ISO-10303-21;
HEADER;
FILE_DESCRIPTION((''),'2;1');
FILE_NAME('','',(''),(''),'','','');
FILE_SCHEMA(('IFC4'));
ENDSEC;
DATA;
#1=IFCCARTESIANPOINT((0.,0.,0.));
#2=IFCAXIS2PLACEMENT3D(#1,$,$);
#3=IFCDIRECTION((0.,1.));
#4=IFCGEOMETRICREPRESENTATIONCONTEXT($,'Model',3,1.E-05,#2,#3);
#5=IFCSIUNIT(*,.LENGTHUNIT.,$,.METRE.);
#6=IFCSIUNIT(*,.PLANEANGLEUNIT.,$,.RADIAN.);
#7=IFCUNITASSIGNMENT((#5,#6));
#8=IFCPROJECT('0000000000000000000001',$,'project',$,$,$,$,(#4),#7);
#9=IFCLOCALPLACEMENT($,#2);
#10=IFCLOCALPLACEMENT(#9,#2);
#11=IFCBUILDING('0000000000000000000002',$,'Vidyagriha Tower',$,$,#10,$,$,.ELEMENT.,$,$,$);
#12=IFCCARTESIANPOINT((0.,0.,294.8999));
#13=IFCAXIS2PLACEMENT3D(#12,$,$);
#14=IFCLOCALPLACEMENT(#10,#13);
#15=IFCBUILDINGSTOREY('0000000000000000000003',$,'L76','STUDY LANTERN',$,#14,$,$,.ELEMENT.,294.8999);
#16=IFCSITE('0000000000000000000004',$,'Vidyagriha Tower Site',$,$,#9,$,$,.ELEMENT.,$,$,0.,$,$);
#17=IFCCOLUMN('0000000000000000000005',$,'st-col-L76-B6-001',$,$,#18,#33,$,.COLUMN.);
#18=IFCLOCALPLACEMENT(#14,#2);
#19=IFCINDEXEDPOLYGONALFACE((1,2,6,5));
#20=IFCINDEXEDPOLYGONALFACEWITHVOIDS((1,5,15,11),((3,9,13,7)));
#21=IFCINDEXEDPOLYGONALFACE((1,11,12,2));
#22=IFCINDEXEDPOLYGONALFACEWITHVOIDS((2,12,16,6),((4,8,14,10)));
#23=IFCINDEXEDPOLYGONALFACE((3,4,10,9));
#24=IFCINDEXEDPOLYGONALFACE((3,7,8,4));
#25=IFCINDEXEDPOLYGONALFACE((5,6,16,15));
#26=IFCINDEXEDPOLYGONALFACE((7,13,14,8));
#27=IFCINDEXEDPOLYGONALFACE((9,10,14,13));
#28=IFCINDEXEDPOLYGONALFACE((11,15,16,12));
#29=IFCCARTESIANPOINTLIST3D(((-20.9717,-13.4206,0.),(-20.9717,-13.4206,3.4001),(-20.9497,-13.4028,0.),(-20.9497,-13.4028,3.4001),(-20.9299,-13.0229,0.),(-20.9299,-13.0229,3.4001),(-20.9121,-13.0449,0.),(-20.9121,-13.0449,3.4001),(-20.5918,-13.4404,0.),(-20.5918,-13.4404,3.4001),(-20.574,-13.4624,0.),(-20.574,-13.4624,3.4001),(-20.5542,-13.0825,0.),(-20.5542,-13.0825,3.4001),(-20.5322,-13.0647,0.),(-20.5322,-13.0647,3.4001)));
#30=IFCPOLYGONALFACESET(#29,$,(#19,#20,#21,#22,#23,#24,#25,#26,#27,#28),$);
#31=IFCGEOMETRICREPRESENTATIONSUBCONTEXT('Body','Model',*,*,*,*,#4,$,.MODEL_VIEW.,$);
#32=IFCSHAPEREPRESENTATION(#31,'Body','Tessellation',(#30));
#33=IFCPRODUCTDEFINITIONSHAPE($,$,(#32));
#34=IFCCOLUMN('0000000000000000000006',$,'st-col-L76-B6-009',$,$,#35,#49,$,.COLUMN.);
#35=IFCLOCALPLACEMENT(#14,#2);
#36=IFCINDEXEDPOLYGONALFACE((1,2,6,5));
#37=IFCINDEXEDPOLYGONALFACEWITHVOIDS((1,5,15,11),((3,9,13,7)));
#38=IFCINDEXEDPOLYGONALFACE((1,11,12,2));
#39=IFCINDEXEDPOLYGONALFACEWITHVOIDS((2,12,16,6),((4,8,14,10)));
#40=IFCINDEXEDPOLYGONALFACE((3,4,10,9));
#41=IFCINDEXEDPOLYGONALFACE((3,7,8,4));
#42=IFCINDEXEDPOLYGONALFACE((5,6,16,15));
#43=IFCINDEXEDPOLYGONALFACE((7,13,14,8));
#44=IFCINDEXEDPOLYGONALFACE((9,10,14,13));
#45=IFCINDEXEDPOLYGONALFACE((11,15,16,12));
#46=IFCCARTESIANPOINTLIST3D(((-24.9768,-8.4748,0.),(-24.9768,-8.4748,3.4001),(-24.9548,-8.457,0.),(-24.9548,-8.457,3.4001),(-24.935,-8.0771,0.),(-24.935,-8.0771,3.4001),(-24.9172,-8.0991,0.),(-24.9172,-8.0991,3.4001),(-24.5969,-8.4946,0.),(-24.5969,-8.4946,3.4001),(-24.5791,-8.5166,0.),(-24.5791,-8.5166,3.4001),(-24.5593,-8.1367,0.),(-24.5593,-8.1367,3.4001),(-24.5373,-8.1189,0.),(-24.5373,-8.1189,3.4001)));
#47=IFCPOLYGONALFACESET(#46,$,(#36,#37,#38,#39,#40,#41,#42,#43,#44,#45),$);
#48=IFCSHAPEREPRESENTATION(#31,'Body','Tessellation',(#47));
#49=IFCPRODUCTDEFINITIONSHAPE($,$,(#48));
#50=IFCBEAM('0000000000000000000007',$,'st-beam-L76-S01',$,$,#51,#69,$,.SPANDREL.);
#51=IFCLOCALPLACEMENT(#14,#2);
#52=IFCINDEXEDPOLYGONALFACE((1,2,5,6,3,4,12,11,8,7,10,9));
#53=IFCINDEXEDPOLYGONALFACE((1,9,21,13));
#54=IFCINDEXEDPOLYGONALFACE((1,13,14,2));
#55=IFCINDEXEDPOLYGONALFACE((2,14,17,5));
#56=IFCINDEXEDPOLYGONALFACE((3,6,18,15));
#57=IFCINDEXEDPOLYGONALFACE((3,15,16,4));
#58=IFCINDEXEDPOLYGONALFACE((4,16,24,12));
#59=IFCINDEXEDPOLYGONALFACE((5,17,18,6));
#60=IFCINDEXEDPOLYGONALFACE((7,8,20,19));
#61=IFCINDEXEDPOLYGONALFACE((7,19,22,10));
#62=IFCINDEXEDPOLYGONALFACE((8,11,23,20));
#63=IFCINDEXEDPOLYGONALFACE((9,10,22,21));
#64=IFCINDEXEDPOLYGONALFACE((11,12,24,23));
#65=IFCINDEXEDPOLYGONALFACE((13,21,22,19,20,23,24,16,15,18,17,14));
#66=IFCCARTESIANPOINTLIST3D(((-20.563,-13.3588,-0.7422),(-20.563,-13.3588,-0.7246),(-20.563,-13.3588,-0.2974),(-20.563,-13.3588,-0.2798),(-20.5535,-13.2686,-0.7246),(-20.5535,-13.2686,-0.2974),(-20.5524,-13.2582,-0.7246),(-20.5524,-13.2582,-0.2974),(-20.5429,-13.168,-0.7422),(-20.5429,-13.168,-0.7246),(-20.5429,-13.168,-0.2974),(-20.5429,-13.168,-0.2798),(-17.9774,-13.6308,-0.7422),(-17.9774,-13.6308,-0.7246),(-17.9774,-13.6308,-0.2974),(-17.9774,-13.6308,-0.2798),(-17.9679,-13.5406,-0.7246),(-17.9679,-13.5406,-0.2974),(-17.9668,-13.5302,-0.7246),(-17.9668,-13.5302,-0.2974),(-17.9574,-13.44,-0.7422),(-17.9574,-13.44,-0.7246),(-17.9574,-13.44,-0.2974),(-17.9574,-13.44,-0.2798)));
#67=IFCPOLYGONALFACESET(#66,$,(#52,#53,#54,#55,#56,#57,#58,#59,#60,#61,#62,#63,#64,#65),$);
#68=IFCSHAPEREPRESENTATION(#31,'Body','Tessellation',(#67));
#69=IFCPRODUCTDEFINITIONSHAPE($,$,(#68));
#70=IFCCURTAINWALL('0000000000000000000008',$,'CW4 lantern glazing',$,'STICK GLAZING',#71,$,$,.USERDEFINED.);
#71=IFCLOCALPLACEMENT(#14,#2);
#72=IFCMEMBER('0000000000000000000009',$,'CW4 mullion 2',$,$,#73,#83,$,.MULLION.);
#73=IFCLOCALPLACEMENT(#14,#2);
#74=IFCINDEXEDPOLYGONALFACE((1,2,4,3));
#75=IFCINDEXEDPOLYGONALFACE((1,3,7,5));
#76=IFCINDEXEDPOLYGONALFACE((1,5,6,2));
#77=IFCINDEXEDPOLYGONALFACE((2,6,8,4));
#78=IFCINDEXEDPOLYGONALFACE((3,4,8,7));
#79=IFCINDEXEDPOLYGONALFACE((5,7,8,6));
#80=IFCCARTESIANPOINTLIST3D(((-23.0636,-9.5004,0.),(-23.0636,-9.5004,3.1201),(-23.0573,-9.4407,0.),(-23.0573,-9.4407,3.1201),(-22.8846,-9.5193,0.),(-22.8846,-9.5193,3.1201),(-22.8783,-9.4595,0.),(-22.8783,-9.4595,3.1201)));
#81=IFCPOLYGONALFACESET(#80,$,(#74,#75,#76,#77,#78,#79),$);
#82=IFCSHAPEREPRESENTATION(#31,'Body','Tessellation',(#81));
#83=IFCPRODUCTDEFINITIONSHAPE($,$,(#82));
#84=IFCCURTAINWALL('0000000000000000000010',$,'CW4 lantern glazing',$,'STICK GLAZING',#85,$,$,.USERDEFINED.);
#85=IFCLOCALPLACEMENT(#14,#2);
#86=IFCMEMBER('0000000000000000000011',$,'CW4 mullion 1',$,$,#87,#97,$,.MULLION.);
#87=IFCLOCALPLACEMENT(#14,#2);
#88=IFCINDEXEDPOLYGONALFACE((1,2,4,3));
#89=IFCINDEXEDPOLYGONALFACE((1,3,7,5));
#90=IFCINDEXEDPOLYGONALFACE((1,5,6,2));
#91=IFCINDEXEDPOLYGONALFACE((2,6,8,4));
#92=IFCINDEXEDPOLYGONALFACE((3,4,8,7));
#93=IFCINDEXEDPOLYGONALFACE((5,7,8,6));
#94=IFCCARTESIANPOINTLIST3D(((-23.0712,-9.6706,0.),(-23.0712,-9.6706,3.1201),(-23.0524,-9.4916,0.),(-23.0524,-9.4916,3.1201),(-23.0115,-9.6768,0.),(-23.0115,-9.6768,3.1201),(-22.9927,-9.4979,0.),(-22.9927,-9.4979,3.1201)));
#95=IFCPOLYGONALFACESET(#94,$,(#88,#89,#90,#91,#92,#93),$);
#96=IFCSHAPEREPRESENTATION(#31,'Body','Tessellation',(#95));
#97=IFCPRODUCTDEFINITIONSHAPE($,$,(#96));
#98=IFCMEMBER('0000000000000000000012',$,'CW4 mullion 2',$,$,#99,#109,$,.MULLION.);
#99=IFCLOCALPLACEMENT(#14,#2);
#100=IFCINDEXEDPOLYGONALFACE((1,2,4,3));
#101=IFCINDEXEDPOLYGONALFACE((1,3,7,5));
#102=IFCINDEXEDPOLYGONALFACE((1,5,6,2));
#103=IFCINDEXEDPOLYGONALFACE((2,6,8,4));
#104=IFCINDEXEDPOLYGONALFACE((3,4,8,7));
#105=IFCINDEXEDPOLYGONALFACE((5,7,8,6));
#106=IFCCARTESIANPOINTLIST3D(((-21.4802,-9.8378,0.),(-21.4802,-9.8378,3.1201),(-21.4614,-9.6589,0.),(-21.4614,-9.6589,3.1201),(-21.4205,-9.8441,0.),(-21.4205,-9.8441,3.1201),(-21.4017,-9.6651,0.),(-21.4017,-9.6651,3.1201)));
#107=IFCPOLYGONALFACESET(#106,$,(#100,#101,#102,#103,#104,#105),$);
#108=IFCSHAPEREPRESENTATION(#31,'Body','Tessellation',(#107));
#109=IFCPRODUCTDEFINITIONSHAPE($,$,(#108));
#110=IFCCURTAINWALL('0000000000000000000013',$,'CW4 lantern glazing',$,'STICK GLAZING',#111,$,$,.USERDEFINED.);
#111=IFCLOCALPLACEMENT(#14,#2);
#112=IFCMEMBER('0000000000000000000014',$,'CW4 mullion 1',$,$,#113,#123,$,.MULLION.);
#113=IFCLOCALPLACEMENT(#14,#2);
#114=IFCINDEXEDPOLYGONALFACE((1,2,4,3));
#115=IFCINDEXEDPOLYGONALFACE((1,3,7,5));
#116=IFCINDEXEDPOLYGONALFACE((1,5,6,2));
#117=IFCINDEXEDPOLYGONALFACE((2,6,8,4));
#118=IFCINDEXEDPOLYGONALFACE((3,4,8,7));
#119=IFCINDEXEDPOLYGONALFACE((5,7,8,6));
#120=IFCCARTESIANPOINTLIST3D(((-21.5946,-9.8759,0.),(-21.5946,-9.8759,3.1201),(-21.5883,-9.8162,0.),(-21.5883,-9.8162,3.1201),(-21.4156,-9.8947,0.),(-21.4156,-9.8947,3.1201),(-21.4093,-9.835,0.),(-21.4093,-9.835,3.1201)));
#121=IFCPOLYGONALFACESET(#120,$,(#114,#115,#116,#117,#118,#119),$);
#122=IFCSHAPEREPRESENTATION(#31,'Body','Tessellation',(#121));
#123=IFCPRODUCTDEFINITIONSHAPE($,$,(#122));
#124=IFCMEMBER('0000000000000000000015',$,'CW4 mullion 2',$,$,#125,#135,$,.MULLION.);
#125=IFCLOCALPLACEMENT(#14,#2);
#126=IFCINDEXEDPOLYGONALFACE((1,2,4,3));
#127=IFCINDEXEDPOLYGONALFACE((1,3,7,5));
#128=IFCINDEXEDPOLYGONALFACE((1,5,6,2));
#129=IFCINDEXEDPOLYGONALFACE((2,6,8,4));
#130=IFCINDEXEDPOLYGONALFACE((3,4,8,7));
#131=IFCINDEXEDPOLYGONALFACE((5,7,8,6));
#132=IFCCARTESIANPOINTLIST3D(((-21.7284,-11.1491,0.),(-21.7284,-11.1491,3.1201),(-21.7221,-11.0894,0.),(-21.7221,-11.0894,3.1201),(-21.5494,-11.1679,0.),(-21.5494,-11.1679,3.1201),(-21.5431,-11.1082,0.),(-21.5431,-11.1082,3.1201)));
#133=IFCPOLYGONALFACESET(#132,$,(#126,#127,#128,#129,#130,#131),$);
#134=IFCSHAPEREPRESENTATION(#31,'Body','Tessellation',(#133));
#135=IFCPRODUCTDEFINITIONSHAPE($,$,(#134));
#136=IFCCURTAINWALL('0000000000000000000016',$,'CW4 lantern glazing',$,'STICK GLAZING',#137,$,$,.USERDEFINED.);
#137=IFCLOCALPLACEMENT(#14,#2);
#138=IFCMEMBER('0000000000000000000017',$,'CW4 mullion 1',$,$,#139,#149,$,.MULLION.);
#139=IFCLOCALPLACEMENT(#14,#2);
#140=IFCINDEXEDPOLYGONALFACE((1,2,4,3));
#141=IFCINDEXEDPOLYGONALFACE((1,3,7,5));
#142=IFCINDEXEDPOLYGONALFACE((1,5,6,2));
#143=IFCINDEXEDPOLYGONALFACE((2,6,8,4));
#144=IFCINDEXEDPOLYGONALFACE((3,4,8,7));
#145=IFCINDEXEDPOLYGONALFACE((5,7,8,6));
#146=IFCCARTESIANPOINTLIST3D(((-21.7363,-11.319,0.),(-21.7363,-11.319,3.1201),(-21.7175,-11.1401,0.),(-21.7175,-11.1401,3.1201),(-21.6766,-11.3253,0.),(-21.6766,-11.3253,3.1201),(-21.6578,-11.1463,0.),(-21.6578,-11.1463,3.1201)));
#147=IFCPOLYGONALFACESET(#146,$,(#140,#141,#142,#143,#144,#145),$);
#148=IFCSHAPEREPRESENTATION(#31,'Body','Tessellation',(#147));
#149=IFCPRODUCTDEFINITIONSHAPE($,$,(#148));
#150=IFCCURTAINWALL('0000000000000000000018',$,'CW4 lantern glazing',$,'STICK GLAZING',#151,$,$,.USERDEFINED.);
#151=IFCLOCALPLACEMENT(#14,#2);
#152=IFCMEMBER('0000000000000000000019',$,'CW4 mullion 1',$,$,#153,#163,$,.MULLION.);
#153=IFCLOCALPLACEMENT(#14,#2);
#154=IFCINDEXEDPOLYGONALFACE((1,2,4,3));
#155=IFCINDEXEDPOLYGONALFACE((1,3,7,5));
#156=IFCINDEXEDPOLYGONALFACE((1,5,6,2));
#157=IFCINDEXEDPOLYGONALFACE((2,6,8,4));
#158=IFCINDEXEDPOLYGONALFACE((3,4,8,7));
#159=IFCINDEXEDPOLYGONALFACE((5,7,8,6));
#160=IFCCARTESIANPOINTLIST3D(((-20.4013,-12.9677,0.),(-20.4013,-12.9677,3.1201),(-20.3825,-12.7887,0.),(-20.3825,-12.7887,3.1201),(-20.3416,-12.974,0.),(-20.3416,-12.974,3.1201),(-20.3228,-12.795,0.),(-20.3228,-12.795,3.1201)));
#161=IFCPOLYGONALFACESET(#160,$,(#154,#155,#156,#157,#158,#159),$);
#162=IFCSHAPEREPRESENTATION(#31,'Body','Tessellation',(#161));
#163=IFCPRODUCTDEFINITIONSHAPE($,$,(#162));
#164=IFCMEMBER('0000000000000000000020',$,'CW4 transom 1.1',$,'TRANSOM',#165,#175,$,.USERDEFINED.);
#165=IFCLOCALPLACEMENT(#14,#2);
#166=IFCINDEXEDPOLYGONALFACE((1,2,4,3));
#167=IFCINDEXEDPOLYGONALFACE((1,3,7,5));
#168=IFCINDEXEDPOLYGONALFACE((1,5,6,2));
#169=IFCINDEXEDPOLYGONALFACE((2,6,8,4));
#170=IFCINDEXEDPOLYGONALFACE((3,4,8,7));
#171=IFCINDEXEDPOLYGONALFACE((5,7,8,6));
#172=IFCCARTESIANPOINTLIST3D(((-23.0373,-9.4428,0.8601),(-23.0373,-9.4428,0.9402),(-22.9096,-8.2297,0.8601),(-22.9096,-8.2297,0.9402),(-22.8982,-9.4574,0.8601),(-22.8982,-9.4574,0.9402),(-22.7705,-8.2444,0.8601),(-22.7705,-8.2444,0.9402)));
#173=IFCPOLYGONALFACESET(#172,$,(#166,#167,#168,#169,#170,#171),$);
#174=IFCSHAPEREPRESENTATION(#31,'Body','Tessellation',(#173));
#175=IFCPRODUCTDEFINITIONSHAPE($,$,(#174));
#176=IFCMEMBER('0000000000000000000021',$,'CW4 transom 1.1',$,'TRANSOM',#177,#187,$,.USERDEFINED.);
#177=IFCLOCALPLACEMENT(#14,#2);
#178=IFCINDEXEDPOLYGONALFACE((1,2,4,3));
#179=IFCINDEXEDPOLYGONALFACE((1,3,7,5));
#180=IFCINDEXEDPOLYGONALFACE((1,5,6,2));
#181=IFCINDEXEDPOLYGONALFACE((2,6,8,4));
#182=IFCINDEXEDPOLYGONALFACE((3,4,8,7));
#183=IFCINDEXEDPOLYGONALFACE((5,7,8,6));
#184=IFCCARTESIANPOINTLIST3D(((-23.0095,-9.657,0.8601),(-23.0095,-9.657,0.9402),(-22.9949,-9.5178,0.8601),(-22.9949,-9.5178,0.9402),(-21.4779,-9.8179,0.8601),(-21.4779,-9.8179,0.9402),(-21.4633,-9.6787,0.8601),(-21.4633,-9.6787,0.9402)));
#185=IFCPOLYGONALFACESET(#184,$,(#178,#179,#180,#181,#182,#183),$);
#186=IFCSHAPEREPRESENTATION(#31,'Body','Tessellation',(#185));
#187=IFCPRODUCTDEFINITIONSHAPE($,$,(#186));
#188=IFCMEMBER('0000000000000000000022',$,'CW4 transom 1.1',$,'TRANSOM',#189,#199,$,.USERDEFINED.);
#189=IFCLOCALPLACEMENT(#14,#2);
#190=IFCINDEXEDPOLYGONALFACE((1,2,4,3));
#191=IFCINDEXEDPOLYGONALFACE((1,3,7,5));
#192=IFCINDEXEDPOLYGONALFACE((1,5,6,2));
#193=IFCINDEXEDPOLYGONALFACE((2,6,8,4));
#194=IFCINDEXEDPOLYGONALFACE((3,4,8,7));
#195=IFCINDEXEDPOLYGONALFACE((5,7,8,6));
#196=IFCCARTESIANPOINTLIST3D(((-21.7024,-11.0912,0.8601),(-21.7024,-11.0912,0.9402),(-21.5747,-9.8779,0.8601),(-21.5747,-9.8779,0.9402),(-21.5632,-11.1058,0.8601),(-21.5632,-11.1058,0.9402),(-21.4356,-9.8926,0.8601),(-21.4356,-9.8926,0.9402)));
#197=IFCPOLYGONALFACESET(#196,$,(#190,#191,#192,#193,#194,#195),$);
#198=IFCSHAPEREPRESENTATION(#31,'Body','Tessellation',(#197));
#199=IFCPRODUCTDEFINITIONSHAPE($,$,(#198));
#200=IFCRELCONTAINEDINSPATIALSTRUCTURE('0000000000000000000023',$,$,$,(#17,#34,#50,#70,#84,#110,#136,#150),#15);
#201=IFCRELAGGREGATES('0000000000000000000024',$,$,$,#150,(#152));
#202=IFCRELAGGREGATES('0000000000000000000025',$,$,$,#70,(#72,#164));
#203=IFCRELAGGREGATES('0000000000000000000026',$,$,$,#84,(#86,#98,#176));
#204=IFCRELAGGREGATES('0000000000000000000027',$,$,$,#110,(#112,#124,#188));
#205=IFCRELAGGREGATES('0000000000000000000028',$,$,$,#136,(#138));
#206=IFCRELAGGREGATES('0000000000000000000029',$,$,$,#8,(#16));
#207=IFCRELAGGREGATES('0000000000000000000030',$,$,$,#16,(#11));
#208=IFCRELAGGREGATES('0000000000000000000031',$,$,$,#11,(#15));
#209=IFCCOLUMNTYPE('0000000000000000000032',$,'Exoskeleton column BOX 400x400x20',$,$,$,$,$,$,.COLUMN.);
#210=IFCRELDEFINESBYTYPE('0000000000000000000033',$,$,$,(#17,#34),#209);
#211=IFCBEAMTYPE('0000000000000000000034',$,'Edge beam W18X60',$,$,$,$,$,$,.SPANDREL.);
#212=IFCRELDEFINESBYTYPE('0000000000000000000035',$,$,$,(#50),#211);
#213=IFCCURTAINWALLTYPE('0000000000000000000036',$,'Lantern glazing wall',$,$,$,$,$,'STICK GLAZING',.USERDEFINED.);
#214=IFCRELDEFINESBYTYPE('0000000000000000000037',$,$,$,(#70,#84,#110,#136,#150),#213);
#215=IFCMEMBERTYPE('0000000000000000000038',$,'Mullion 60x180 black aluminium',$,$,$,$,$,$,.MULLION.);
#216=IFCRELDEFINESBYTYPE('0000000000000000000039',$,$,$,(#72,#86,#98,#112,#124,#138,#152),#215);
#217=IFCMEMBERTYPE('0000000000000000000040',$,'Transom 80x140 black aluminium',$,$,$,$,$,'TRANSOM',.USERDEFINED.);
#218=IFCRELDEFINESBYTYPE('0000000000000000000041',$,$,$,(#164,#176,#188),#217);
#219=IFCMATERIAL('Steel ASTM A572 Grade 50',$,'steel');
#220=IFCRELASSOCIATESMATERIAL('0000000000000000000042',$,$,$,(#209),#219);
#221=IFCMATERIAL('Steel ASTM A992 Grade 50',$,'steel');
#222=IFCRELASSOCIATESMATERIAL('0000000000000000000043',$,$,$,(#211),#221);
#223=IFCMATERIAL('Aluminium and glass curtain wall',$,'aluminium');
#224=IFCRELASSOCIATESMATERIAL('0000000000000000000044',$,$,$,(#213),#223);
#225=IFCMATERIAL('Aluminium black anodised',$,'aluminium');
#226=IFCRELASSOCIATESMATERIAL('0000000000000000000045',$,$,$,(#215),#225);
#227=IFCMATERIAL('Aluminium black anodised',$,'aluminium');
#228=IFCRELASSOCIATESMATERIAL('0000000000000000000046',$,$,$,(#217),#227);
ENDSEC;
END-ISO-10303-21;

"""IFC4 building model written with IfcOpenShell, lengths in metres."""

from ifc_helpers import new_model, si_unit, direction, frame, origin, origin_2d, place, context, subcontext, project, spatial, rectangle, hollow_rectangle, i_section, extrude, material, material_profile, profile_set, type_object, element, aggregate, save


model = new_model("IFC4")

# Units and contexts
model_context = context("Model", 3, precision=1e-05, world=origin(), true_north=direction((0.0, 1.0)))
body_context = subcontext(model_context, "Body", "Model", "MODEL_VIEW")
ifc_project = project(units=[si_unit("LENGTHUNIT", "METRE"), si_unit("PLANEANGLEUNIT", "RADIAN")], contexts=[model_context])

# Site, building, storey
site_placement = place(None, origin())
site = spatial("IfcSite", under=ifc_project, at=site_placement, Name="Vidyagriha Tower Site", CompositionType="ELEMENT", RefElevation=0.0)
building_placement = place(site_placement, origin())
building = spatial("IfcBuilding", under=site, at=building_placement, Name="Vidyagriha Tower", CompositionType="ELEMENT")
storey_placement = place(building_placement, frame((0.0, 0.0, 294.8999)))
storey = spatial("IfcBuildingStorey", under=building, at=storey_placement, Name="L76", Description="STUDY LANTERN", CompositionType="ELEMENT", Elevation=294.8999)

# Columns
ifc_material_1 = material(Name="Steel ASTM A572 Grade 50", Category="steel")
ifc_material_profile_1 = material_profile(ifc_material_1, hollow_rectangle(XDim=0.3999, YDim=0.3999, WallThickness=0.02, at=origin_2d()), Name="BOX 400x400x20")
ifc_profile_set_1 = profile_set([ifc_material_profile_1], Name="Steel ASTM A572 Grade 50")
column_type = type_object("IfcColumnType", Name="Exoskeleton column BOX 400x400x20", PredefinedType="COLUMN", material=ifc_profile_set_1)
for number, where, z_axis, x_axis, name in (
    (1, (-20.752, -13.2427, 0.0), (0.0, 0.0, 1.0), (0.994522, -0.104528, 0.0), "st-col-L76-B6-001"),
    (2, (-24.7571, -8.2969, 0.0), (0.0, 0.0, 1.0), (0.994522, -0.104528, 0.0), "st-col-L76-B6-009"),
):
    element("IfcColumn", number, at=place(storey_placement, frame(where, z_axis=z_axis, x_axis=x_axis)), inside=storey, type_object=column_type, Name=name, PredefinedType="COLUMN", context=body_context, shape_type="SweptSolid", body=[
        extrude(hollow_rectangle(XDim=0.3999, YDim=0.3999, WallThickness=0.02, at=origin_2d()), origin(), (0.0, 0.0, 1.0), 3.4001),
    ])

# Beam
ifc_material_2 = material(Name="Steel ASTM A992 Grade 50", Category="steel")
ifc_material_profile_2 = material_profile(ifc_material_2, i_section(OverallWidth=0.1919, OverallDepth=0.4624, WebThickness=0.0105, FlangeThickness=0.0176, at=origin_2d()), Name="W18X60")
ifc_profile_set_2 = profile_set([ifc_material_profile_2], Name="Steel ASTM A992 Grade 50")
beam_type = type_object("IfcBeamType", Name="Edge beam W18X60", PredefinedType="SPANDREL", material=ifc_profile_set_2)
beam_placement = place(storey_placement, frame((-20.553, -13.2634, -0.511), z_axis=(0.994514, -0.104607, 0.0), x_axis=(0.104607, 0.994514, 0.0)))
element("IfcBeam", 3, at=beam_placement, inside=storey, type_object=beam_type, Name="st-beam-L76-S01", PredefinedType="SPANDREL", context=body_context, shape_type="SweptSolid", body=[
    extrude(i_section(OverallWidth=0.1919, OverallDepth=0.4624, WebThickness=0.0105, FlangeThickness=0.0176, at=origin_2d()), origin(), (0.0, 0.0, 1.0), 2.5999),
])

# Curtain wall, member
ifc_material_3 = material(Name="Aluminium and glass curtain wall", Category="aluminium")
curtain_wall_type = type_object("IfcCurtainWallType", Name="Lantern glazing wall", ElementType="STICK GLAZING", PredefinedType="USERDEFINED", material=ifc_material_3)
curtain_wall_1_placement = place(storey_placement, origin())
curtain_wall_1 = element("IfcCurtainWall", 4, at=curtain_wall_1_placement, inside=storey, type_object=curtain_wall_type, Name="CW4 lantern glazing", ObjectType="STICK GLAZING", PredefinedType="USERDEFINED")
ifc_material_4 = material(Name="Aluminium black anodised", Category="aluminium")
ifc_material_profile_3 = material_profile(ifc_material_4, rectangle(XDim=0.1799, YDim=0.0601, at=origin_2d()), Name="Mullion 60x180 black aluminium")
ifc_profile_set_3 = profile_set([ifc_material_profile_3], Name="Aluminium black anodised")
member_type_1 = type_object("IfcMemberType", Name="Mullion 60x180 black aluminium", PredefinedType="MULLION", material=ifc_profile_set_3)
member_1_placement = place(storey_placement, frame((-22.9709, -9.48, 0.0), z_axis=(0.0, 0.0, 1.0), x_axis=(0.994519, -0.104557, 0.0)))
member_1 = element("IfcMember", 5, at=member_1_placement, type_object=member_type_1, Name="CW4 mullion 2", PredefinedType="MULLION", context=body_context, shape_type="SweptSolid", body=[
    extrude(rectangle(XDim=0.1799, YDim=0.0601, at=origin_2d()), origin(), (0.0, 0.0, 1.0), 3.1201),
])

# Curtain walls, members
curtain_wall_2_placement = place(storey_placement, origin())
curtain_wall_2 = element("IfcCurtainWall", 6, at=curtain_wall_2_placement, inside=storey, type_object=curtain_wall_type, Name="CW4 lantern glazing", ObjectType="STICK GLAZING", PredefinedType="USERDEFINED")
member_2_placement = place(storey_placement, frame((-23.032, -9.5842, 0.0), z_axis=(0.0, 0.0, 1.0), x_axis=(0.104459, 0.994529, 0.0)))
member_2 = element("IfcMember", 7, at=member_2_placement, type_object=member_type_1, Name="CW4 mullion 1", PredefinedType="MULLION", context=body_context, shape_type="SweptSolid", body=[
    extrude(rectangle(XDim=0.1799, YDim=0.0601, at=origin_2d()), origin(), (0.0, 0.0, 1.0), 3.1201),
])
member_3_placement = place(storey_placement, frame((-21.4409, -9.7515, 0.0), z_axis=(0.0, 0.0, 1.0), x_axis=(0.104459, 0.994529, 0.0)))
member_3 = element("IfcMember", 8, at=member_3_placement, type_object=member_type_1, Name="CW4 mullion 2", PredefinedType="MULLION", context=body_context, shape_type="SweptSolid", body=[
    extrude(rectangle(XDim=0.1799, YDim=0.0601, at=origin_2d()), origin(), (0.0, 0.0, 1.0), 3.1201),
])
curtain_wall_3_placement = place(storey_placement, origin())
curtain_wall_3 = element("IfcCurtainWall", 9, at=curtain_wall_3_placement, inside=storey, type_object=curtain_wall_type, Name="CW4 lantern glazing", ObjectType="STICK GLAZING", PredefinedType="USERDEFINED")
member_4_placement = place(storey_placement, frame((-21.502, -9.8555, 0.0), z_axis=(0.0, 0.0, 1.0), x_axis=(0.99452, -0.104549, 0.0)))
member_4 = element("IfcMember", 10, at=member_4_placement, type_object=member_type_1, Name="CW4 mullion 1", PredefinedType="MULLION", context=body_context, shape_type="SweptSolid", body=[
    extrude(rectangle(XDim=0.1799, YDim=0.0601, at=origin_2d()), origin(), (0.0, 0.0, 1.0), 3.1201),
])
member_5_placement = place(storey_placement, frame((-21.6357, -11.1287, 0.0), z_axis=(0.0, 0.0, 1.0), x_axis=(0.99452, -0.104549, 0.0)))
member_5 = element("IfcMember", 11, at=member_5_placement, type_object=member_type_1, Name="CW4 mullion 2", PredefinedType="MULLION", context=body_context, shape_type="SweptSolid", body=[
    extrude(rectangle(XDim=0.1799, YDim=0.0601, at=origin_2d()), origin(), (0.0, 0.0, 1.0), 3.1201),
])

# Curtain walls, members
curtain_wall_4_placement = place(storey_placement, origin())
curtain_wall_4 = element("IfcCurtainWall", 12, at=curtain_wall_4_placement, inside=storey, type_object=curtain_wall_type, Name="CW4 lantern glazing", ObjectType="STICK GLAZING", PredefinedType="USERDEFINED")
member_6_placement = place(storey_placement, frame((-21.697, -11.2327, 0.0), z_axis=(0.0, 0.0, 1.0), x_axis=(0.104519, 0.994523, 0.0)))
member_6 = element("IfcMember", 13, at=member_6_placement, type_object=member_type_1, Name="CW4 mullion 1", PredefinedType="MULLION", context=body_context, shape_type="SweptSolid", body=[
    extrude(rectangle(XDim=0.1799, YDim=0.0601, at=origin_2d()), origin(), (0.0, 0.0, 1.0), 3.1201),
])
curtain_wall_5_placement = place(storey_placement, origin())
curtain_wall_5 = element("IfcCurtainWall", 14, at=curtain_wall_5_placement, inside=storey, type_object=curtain_wall_type, Name="CW4 lantern glazing", ObjectType="STICK GLAZING", PredefinedType="USERDEFINED")
member_7_placement = place(storey_placement, frame((-20.3621, -12.8813, 0.0), z_axis=(0.0, 0.0, 1.0), x_axis=(0.104528, 0.994522, 0.0)))
member_7 = element("IfcMember", 15, at=member_7_placement, type_object=member_type_1, Name="CW4 mullion 1", PredefinedType="MULLION", context=body_context, shape_type="SweptSolid", body=[
    extrude(rectangle(XDim=0.1799, YDim=0.0601, at=origin_2d()), origin(), (0.0, 0.0, 1.0), 3.1201),
])

# Members
ifc_material_5 = material(Name="Aluminium black anodised", Category="aluminium")
ifc_material_profile_4 = material_profile(ifc_material_5, rectangle(XDim=0.1399, YDim=0.0801, at=origin_2d()), Name="Transom 80x140 black aluminium")
ifc_profile_set_4 = profile_set([ifc_material_profile_4], Name="Aluminium black anodised")
member_type_2 = type_object("IfcMemberType", Name="Transom 80x140 black aluminium", ElementType="TRANSOM", PredefinedType="USERDEFINED", material=ifc_profile_set_4)
member_8_placement = place(storey_placement, frame((-22.8401, -8.2371, 0.9001), z_axis=(-0.104674, -0.994507, 0.0), x_axis=(0.994507, -0.104674, 0.0)))
member_8 = element("IfcMember", 16, at=member_8_placement, type_object=member_type_2, Name="CW4 transom 1.1", ObjectType="TRANSOM", PredefinedType="USERDEFINED", context=body_context, shape_type="SweptSolid", body=[
    extrude(rectangle(XDim=0.1399, YDim=0.0801, at=origin_2d()), origin(), (0.0, 0.0, 1.0), 1.2197),
])
member_9_placement = place(storey_placement, frame((-23.0022, -9.5874, 0.9001), z_axis=(0.994527, -0.104478, 0.0), x_axis=(0.104478, 0.994527, 0.0)))
member_9 = element("IfcMember", 17, at=member_9_placement, type_object=member_type_2, Name="CW4 transom 1.1", ObjectType="TRANSOM", PredefinedType="USERDEFINED", context=body_context, shape_type="SweptSolid", body=[
    extrude(rectangle(XDim=0.1399, YDim=0.0801, at=origin_2d()), origin(), (0.0, 0.0, 1.0), 1.54),
])
member_10_placement = place(storey_placement, frame((-21.5051, -9.8853, 0.9001), z_axis=(-0.104654, -0.994509, 0.0), x_axis=(0.994509, -0.104654, 0.0)))
member_10 = element("IfcMember", 18, at=member_10_placement, type_object=member_type_2, Name="CW4 transom 1.1", ObjectType="TRANSOM", PredefinedType="USERDEFINED", context=body_context, shape_type="SweptSolid", body=[
    extrude(rectangle(XDim=0.1399, YDim=0.0801, at=origin_2d()), origin(), (0.0, 0.0, 1.0), 1.22),
])
aggregate(curtain_wall_5, [member_7])

aggregate(curtain_wall_1, [member_1, member_8])
aggregate(curtain_wall_2, [member_2, member_3, member_9])
aggregate(curtain_wall_3, [member_4, member_5, member_10])
aggregate(curtain_wall_4, [member_6])

save(model, "model.ifc")
